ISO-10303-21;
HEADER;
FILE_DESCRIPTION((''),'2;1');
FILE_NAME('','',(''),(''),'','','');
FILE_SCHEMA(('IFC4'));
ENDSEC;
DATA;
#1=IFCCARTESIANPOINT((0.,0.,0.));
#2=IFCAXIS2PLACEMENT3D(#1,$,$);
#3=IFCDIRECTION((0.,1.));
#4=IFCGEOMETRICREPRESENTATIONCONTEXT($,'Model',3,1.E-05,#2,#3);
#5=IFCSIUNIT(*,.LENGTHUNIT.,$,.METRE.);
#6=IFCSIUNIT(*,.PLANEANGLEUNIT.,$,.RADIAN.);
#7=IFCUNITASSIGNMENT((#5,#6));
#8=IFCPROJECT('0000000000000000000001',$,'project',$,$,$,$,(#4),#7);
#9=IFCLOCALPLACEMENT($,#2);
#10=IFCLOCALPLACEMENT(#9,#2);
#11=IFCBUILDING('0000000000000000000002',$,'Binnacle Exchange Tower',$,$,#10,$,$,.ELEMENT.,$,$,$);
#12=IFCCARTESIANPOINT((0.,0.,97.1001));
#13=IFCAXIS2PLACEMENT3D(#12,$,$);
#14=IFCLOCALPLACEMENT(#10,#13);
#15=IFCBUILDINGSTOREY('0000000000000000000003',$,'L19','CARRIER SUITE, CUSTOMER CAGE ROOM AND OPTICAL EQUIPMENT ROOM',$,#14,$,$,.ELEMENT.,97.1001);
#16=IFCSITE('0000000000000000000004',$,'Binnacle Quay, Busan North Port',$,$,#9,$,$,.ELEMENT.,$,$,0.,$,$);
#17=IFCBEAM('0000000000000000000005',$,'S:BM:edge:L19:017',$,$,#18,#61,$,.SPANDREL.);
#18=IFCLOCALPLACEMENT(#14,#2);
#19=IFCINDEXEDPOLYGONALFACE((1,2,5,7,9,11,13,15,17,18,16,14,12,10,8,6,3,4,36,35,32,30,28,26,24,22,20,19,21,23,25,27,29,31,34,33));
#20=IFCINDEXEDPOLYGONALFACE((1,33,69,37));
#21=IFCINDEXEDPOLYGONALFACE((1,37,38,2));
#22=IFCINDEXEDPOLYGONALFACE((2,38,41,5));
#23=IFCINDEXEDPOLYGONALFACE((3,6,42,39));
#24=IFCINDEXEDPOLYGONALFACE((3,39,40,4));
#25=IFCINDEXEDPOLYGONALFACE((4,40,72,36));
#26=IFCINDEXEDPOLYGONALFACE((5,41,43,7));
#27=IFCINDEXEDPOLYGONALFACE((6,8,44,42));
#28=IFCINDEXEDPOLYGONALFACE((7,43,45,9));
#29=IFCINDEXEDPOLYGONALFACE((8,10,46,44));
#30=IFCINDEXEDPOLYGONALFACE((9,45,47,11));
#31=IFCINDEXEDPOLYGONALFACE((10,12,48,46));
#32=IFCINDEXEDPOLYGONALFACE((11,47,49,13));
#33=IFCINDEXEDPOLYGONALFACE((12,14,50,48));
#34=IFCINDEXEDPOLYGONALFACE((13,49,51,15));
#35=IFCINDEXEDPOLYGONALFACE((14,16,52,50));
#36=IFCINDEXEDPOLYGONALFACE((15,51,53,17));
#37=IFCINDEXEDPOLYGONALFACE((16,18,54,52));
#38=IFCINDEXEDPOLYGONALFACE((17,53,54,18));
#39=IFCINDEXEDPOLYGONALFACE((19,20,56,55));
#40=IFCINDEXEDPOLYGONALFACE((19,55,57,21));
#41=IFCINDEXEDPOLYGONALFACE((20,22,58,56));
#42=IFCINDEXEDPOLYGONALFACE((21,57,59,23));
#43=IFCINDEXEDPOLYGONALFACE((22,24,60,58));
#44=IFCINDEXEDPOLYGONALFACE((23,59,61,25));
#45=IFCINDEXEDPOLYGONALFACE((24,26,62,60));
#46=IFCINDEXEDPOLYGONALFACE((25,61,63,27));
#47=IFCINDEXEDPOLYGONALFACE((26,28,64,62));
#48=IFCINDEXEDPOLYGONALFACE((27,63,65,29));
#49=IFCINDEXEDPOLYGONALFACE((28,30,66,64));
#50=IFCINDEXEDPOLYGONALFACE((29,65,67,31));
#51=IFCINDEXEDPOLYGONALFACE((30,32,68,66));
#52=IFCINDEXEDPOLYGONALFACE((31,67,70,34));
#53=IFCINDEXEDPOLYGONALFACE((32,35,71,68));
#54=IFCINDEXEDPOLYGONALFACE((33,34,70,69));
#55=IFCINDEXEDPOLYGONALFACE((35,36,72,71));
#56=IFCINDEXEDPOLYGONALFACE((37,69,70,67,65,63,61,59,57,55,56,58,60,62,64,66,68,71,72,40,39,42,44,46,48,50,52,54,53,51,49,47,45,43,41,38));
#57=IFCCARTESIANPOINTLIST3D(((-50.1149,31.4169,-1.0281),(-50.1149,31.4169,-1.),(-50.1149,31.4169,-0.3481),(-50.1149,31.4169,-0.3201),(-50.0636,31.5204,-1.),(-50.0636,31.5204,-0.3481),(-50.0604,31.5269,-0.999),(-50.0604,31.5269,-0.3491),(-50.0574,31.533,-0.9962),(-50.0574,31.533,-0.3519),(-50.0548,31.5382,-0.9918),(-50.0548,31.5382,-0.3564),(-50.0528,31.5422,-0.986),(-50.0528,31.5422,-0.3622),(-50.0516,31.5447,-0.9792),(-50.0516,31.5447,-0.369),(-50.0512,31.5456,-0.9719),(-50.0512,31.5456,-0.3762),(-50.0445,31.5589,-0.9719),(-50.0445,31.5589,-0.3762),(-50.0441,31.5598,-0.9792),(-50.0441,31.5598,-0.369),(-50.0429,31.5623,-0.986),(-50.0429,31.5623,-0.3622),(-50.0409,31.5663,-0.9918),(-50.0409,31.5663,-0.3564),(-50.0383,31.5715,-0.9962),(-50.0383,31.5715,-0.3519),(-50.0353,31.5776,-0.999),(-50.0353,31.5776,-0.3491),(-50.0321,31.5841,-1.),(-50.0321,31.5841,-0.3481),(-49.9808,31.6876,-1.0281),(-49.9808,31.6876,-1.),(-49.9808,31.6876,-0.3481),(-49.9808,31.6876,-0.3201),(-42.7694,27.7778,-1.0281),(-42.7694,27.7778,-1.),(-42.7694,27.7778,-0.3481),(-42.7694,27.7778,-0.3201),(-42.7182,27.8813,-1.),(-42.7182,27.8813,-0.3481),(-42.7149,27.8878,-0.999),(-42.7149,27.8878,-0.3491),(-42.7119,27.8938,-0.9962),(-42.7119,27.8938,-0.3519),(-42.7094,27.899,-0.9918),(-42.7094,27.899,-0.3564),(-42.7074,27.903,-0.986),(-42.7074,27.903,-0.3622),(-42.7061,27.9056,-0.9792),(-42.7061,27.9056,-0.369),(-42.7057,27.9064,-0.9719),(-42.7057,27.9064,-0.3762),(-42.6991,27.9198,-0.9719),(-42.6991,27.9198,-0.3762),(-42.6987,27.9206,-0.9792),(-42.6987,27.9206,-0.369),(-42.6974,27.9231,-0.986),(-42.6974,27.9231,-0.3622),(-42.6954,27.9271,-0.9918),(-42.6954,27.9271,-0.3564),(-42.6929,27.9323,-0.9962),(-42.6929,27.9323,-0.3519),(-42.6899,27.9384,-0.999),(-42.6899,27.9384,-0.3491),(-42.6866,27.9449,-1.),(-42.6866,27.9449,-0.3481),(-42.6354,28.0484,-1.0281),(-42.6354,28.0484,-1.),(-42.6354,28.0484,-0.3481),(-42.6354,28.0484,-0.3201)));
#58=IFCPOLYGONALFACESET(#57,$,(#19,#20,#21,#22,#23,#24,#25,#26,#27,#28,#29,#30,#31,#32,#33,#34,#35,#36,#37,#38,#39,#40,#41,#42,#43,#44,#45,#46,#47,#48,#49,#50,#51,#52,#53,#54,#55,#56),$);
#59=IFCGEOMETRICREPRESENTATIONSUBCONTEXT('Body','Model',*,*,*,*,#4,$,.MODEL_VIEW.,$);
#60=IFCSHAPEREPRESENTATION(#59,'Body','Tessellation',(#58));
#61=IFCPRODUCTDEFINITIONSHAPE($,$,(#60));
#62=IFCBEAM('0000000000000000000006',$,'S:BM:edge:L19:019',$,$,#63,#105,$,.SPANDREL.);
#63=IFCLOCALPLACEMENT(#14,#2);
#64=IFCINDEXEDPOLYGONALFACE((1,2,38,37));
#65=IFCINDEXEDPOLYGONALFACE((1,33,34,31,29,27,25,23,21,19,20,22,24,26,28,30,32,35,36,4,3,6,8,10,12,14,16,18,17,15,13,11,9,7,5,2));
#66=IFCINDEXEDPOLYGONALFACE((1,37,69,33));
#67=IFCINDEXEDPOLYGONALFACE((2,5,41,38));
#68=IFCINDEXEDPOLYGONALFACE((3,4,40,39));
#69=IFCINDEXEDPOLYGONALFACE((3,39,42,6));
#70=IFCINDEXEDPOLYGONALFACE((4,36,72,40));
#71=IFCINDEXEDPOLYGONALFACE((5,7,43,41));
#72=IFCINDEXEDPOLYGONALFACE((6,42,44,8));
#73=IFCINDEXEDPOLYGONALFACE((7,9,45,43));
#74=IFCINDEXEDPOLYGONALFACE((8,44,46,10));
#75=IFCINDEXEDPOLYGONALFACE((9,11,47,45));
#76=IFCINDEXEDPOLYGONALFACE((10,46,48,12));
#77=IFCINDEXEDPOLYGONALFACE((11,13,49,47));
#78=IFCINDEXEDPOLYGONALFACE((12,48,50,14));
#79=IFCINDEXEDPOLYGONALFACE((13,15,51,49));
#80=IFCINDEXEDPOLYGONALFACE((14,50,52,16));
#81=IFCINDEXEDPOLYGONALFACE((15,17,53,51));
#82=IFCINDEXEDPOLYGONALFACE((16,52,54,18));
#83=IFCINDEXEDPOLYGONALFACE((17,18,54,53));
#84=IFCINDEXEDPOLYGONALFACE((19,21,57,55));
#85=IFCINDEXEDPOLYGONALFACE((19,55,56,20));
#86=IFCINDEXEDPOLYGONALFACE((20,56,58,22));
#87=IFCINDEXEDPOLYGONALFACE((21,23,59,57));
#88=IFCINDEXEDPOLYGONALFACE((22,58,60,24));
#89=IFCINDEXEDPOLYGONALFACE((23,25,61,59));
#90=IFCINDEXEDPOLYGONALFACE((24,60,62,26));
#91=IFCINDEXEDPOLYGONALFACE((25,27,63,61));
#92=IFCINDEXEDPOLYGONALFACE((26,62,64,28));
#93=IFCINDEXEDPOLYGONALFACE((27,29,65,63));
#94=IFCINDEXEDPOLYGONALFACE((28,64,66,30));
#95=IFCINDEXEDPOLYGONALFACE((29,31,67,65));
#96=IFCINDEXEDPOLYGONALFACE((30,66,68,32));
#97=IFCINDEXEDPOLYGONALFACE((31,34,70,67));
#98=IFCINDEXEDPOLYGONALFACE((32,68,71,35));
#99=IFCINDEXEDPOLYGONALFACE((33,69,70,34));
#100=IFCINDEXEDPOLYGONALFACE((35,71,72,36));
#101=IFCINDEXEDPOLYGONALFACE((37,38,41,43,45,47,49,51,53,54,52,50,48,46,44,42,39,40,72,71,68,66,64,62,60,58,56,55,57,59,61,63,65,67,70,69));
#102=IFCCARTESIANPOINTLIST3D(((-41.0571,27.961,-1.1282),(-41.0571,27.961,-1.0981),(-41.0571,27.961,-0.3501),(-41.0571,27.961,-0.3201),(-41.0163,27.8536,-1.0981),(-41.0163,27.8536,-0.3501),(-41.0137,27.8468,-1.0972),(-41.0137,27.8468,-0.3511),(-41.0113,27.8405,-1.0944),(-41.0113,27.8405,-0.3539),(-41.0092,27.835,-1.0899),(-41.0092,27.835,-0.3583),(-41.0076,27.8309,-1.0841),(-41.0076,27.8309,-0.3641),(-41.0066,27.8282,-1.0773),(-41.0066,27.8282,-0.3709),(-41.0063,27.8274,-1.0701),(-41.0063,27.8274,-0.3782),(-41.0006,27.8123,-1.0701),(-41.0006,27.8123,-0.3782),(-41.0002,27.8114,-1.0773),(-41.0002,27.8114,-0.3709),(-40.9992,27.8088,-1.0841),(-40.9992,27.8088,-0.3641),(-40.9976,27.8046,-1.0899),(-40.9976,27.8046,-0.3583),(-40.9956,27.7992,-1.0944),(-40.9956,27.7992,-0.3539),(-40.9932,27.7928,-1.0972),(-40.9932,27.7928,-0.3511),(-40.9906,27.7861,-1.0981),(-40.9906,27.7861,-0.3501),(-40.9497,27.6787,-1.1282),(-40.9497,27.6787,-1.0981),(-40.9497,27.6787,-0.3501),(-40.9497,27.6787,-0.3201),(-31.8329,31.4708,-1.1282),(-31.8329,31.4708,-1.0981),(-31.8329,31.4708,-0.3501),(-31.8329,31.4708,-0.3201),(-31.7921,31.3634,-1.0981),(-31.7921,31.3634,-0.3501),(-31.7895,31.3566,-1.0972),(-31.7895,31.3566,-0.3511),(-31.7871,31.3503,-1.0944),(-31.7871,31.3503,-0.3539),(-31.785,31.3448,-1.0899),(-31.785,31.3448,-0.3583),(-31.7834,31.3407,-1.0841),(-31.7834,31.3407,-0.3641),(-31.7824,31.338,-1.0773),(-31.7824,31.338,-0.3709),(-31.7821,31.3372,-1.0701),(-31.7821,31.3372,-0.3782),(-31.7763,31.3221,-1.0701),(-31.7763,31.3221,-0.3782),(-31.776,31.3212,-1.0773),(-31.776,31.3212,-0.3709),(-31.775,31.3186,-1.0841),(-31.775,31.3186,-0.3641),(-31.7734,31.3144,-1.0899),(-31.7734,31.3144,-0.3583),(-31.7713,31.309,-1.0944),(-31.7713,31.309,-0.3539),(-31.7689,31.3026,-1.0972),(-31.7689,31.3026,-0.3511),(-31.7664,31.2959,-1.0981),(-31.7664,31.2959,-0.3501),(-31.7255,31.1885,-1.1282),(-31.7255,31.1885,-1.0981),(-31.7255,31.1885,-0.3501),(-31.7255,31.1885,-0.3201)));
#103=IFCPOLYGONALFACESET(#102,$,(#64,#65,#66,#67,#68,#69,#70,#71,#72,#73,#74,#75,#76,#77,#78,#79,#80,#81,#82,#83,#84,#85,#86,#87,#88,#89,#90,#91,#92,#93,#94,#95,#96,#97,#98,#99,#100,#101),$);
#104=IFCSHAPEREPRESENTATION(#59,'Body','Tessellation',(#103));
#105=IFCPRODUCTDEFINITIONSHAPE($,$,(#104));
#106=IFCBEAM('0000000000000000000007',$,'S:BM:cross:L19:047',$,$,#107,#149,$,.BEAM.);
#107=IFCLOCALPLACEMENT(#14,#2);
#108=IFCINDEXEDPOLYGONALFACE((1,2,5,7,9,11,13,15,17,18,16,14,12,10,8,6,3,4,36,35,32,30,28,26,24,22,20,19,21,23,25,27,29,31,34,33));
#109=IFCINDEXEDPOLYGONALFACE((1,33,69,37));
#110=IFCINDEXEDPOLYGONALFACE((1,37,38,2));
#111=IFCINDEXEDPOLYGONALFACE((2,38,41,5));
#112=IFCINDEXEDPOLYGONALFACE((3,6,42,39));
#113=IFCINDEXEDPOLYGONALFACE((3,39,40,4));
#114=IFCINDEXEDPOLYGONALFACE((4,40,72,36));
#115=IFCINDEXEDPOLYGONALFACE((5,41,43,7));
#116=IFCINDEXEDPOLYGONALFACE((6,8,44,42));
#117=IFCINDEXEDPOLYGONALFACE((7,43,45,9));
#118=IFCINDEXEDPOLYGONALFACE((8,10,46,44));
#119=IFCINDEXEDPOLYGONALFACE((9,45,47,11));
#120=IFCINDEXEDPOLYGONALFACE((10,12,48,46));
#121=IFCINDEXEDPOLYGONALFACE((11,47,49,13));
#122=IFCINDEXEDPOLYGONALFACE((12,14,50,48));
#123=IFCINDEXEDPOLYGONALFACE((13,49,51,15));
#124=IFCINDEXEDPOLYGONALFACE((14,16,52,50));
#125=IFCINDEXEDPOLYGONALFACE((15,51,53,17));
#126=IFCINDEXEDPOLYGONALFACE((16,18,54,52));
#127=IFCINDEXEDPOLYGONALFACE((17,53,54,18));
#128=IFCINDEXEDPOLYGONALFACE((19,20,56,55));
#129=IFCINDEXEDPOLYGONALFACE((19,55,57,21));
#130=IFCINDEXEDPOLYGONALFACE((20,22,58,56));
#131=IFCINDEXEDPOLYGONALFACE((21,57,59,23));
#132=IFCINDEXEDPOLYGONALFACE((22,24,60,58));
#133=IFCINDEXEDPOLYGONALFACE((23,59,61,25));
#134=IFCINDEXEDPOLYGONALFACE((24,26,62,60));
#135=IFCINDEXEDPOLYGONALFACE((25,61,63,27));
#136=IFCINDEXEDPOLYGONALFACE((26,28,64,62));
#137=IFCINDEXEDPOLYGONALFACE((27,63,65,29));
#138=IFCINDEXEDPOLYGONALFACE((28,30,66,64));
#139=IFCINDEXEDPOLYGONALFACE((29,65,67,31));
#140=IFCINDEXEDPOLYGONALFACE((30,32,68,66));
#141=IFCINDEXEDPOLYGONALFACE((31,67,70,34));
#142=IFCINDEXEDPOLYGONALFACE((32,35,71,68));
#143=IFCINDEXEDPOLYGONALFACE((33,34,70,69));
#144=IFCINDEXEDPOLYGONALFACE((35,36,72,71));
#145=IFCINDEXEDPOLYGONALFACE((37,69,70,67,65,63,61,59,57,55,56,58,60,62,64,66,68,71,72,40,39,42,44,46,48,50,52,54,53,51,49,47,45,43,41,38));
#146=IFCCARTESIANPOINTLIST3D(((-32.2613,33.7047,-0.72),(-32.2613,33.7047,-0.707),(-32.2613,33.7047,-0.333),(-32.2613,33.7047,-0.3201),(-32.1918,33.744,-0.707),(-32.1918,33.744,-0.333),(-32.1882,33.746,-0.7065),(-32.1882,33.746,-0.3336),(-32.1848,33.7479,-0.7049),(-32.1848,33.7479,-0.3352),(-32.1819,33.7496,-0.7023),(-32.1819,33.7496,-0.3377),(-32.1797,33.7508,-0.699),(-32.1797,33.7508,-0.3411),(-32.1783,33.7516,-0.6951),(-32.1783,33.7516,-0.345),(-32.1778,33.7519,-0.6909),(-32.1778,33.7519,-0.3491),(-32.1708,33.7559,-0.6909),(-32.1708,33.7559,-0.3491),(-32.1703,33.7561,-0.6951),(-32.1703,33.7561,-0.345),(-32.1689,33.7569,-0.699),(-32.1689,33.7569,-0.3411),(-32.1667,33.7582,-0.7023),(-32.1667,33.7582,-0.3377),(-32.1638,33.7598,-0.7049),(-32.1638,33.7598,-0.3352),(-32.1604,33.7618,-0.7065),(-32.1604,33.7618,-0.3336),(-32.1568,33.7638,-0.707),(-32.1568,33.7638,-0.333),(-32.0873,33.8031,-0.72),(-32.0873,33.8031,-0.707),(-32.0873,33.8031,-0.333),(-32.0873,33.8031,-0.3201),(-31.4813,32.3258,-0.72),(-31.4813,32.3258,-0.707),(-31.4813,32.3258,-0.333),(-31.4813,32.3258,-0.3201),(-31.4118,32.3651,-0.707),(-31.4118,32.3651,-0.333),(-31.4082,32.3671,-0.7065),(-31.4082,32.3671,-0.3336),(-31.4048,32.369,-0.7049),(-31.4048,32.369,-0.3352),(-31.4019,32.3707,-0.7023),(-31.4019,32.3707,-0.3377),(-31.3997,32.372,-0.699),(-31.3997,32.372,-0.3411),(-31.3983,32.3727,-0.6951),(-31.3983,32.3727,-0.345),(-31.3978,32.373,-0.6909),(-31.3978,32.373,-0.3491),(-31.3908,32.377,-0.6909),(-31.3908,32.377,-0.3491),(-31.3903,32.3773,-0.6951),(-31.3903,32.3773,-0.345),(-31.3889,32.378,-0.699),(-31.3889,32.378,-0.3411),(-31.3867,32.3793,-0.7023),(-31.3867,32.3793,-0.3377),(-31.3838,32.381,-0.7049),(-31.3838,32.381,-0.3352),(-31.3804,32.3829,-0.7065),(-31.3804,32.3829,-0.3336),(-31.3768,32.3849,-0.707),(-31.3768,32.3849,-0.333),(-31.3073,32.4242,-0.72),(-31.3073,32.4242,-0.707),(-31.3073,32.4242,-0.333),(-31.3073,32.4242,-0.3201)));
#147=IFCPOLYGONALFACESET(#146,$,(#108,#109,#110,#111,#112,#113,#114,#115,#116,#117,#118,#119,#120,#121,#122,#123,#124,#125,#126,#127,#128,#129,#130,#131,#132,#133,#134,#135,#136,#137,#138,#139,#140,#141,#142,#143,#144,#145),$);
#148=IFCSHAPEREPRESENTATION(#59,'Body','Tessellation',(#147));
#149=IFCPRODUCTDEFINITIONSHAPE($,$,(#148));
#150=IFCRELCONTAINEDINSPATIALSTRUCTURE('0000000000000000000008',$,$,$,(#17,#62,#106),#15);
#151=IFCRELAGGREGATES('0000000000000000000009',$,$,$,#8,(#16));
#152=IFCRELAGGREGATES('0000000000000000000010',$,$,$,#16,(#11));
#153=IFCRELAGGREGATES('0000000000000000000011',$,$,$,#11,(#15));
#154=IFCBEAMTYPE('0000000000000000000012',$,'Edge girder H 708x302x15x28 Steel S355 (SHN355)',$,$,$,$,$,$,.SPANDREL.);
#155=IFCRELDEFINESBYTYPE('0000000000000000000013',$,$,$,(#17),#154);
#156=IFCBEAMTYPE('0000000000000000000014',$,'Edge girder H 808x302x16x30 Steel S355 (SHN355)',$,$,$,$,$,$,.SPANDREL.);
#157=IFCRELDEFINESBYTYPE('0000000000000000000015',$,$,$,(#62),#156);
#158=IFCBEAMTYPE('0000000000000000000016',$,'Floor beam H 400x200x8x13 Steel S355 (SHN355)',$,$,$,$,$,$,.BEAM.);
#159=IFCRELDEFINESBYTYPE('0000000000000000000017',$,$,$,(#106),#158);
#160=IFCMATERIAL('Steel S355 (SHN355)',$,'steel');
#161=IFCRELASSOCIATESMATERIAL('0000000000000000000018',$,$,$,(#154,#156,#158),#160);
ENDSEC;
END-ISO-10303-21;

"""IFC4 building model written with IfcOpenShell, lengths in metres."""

from ifc_helpers import new_model, si_unit, direction, frame, origin, origin_2d, place, context, subcontext, project, spatial, i_section, extrude, material, material_profile, profile_set, type_object, element, save


model = new_model("IFC4")

# Units and contexts
model_context = context("Model", 3, precision=1e-05, world=origin(), true_north=direction((0.0, 1.0)))
body_context = subcontext(model_context, "Body", "Model", "MODEL_VIEW")
ifc_project = project(units=[si_unit("LENGTHUNIT", "METRE"), si_unit("PLANEANGLEUNIT", "RADIAN")], contexts=[model_context])

# Site, building, storey
site_placement = place(None, origin())
site = spatial("IfcSite", under=ifc_project, at=site_placement, Name="Binnacle Quay, Busan North Port", CompositionType="ELEMENT", RefElevation=0.0)
building_placement = place(site_placement, origin())
building = spatial("IfcBuilding", under=site, at=building_placement, Name="Binnacle Exchange Tower", CompositionType="ELEMENT")
storey_placement = place(building_placement, frame((0.0, 0.0, 97.1001)))
storey = spatial("IfcBuildingStorey", under=building, at=storey_placement, Name="L19", Description="CARRIER SUITE, CUSTOMER CAGE ROOM AND OPTICAL EQUIPMENT ROOM", CompositionType="ELEMENT", Elevation=97.1001)

# Beams
ifc_material_1 = material(Name="Steel S355 (SHN355)", Category="steel")
ifc_material_profile_1 = material_profile(ifc_material_1, i_section(OverallWidth=0.302, OverallDepth=0.708, WebThickness=0.0149, FlangeThickness=0.0281, FilletRadius=0.0281, at=origin_2d()), Name="H 708x302x15x28")
ifc_profile_set_1 = profile_set([ifc_material_profile_1], Name="Steel S355 (SHN355)")
beam_type_1 = type_object("IfcBeamType", Name="Edge girder H 708x302x15x28 Steel S355 (SHN355)", PredefinedType="SPANDREL", material=ifc_profile_set_1)
beam_1_placement = place(storey_placement, frame((-50.0479, 31.5522, -0.6741), z_axis=(0.896059, -0.443935, 0.0), x_axis=(0.443935, 0.896059, 0.0)))
element("IfcBeam", 1, at=beam_1_placement, inside=storey, type_object=beam_type_1, Name="S:BM:edge:L19:017", PredefinedType="SPANDREL", context=body_context, shape_type="SweptSolid", body=[
    extrude(i_section(OverallWidth=0.302, OverallDepth=0.708, WebThickness=0.0149, FlangeThickness=0.0281, FilletRadius=0.0281, at=origin_2d()), origin(), (0.0, 0.0, 1.0), 8.1975),
])
ifc_material_profile_2 = material_profile(ifc_material_1, i_section(OverallWidth=0.302, OverallDepth=0.8081, WebThickness=0.0161, FlangeThickness=0.03, FilletRadius=0.0281, at=origin_2d()), Name="H 808x302x16x30")
ifc_profile_set_2 = profile_set([ifc_material_profile_2], Name="Steel S355 (SHN355)")
beam_type_2 = type_object("IfcBeamType", Name="Edge girder H 808x302x16x30 Steel S355 (SHN355)", PredefinedType="SPANDREL", material=ifc_profile_set_2)
beam_2_placement = place(storey_placement, frame((-41.0034, 27.8198, -0.7241), z_axis=(0.934629, 0.355625, 0.0), x_axis=(-0.355625, 0.934629, 0.0)))
element("IfcBeam", 2, at=beam_2_placement, inside=storey, type_object=beam_type_2, Name="S:BM:edge:L19:019", PredefinedType="SPANDREL", context=body_context, shape_type="SweptSolid", body=[
    extrude(i_section(OverallWidth=0.302, OverallDepth=0.8081, WebThickness=0.0161, FlangeThickness=0.03, FilletRadius=0.0281, at=origin_2d()), origin(), (0.0, 0.0, 1.0), 9.8694),
])
ifc_material_profile_3 = material_profile(ifc_material_1, i_section(OverallWidth=0.2, OverallDepth=0.3999, WebThickness=0.0081, FlangeThickness=0.0129, FilletRadius=0.0161, at=origin_2d()), Name="H 400x200x8x13")
ifc_profile_set_3 = profile_set([ifc_material_profile_3], Name="Steel S355 (SHN355)")
beam_type_3 = type_object("IfcBeamType", Name="Floor beam H 400x200x8x13 Steel S355 (SHN355)", PredefinedType="BEAM", material=ifc_profile_set_3)
beam_3_placement = place(storey_placement, frame((-31.3943, 32.375, -0.52), z_axis=(-0.492367, 0.870388, 0.0), x_axis=(-0.870388, -0.492367, 0.0)))
element("IfcBeam", 3, at=beam_3_placement, inside=storey, type_object=beam_type_3, Name="S:BM:cross:L19:047", PredefinedType="BEAM", context=body_context, shape_type="SweptSolid", body=[
    extrude(i_section(OverallWidth=0.2, OverallDepth=0.3999, WebThickness=0.0081, FlangeThickness=0.0129, FilletRadius=0.0161, at=origin_2d()), origin(), (0.0, 0.0, 1.0), 1.5842),
])

save(model, "model.ifc")
